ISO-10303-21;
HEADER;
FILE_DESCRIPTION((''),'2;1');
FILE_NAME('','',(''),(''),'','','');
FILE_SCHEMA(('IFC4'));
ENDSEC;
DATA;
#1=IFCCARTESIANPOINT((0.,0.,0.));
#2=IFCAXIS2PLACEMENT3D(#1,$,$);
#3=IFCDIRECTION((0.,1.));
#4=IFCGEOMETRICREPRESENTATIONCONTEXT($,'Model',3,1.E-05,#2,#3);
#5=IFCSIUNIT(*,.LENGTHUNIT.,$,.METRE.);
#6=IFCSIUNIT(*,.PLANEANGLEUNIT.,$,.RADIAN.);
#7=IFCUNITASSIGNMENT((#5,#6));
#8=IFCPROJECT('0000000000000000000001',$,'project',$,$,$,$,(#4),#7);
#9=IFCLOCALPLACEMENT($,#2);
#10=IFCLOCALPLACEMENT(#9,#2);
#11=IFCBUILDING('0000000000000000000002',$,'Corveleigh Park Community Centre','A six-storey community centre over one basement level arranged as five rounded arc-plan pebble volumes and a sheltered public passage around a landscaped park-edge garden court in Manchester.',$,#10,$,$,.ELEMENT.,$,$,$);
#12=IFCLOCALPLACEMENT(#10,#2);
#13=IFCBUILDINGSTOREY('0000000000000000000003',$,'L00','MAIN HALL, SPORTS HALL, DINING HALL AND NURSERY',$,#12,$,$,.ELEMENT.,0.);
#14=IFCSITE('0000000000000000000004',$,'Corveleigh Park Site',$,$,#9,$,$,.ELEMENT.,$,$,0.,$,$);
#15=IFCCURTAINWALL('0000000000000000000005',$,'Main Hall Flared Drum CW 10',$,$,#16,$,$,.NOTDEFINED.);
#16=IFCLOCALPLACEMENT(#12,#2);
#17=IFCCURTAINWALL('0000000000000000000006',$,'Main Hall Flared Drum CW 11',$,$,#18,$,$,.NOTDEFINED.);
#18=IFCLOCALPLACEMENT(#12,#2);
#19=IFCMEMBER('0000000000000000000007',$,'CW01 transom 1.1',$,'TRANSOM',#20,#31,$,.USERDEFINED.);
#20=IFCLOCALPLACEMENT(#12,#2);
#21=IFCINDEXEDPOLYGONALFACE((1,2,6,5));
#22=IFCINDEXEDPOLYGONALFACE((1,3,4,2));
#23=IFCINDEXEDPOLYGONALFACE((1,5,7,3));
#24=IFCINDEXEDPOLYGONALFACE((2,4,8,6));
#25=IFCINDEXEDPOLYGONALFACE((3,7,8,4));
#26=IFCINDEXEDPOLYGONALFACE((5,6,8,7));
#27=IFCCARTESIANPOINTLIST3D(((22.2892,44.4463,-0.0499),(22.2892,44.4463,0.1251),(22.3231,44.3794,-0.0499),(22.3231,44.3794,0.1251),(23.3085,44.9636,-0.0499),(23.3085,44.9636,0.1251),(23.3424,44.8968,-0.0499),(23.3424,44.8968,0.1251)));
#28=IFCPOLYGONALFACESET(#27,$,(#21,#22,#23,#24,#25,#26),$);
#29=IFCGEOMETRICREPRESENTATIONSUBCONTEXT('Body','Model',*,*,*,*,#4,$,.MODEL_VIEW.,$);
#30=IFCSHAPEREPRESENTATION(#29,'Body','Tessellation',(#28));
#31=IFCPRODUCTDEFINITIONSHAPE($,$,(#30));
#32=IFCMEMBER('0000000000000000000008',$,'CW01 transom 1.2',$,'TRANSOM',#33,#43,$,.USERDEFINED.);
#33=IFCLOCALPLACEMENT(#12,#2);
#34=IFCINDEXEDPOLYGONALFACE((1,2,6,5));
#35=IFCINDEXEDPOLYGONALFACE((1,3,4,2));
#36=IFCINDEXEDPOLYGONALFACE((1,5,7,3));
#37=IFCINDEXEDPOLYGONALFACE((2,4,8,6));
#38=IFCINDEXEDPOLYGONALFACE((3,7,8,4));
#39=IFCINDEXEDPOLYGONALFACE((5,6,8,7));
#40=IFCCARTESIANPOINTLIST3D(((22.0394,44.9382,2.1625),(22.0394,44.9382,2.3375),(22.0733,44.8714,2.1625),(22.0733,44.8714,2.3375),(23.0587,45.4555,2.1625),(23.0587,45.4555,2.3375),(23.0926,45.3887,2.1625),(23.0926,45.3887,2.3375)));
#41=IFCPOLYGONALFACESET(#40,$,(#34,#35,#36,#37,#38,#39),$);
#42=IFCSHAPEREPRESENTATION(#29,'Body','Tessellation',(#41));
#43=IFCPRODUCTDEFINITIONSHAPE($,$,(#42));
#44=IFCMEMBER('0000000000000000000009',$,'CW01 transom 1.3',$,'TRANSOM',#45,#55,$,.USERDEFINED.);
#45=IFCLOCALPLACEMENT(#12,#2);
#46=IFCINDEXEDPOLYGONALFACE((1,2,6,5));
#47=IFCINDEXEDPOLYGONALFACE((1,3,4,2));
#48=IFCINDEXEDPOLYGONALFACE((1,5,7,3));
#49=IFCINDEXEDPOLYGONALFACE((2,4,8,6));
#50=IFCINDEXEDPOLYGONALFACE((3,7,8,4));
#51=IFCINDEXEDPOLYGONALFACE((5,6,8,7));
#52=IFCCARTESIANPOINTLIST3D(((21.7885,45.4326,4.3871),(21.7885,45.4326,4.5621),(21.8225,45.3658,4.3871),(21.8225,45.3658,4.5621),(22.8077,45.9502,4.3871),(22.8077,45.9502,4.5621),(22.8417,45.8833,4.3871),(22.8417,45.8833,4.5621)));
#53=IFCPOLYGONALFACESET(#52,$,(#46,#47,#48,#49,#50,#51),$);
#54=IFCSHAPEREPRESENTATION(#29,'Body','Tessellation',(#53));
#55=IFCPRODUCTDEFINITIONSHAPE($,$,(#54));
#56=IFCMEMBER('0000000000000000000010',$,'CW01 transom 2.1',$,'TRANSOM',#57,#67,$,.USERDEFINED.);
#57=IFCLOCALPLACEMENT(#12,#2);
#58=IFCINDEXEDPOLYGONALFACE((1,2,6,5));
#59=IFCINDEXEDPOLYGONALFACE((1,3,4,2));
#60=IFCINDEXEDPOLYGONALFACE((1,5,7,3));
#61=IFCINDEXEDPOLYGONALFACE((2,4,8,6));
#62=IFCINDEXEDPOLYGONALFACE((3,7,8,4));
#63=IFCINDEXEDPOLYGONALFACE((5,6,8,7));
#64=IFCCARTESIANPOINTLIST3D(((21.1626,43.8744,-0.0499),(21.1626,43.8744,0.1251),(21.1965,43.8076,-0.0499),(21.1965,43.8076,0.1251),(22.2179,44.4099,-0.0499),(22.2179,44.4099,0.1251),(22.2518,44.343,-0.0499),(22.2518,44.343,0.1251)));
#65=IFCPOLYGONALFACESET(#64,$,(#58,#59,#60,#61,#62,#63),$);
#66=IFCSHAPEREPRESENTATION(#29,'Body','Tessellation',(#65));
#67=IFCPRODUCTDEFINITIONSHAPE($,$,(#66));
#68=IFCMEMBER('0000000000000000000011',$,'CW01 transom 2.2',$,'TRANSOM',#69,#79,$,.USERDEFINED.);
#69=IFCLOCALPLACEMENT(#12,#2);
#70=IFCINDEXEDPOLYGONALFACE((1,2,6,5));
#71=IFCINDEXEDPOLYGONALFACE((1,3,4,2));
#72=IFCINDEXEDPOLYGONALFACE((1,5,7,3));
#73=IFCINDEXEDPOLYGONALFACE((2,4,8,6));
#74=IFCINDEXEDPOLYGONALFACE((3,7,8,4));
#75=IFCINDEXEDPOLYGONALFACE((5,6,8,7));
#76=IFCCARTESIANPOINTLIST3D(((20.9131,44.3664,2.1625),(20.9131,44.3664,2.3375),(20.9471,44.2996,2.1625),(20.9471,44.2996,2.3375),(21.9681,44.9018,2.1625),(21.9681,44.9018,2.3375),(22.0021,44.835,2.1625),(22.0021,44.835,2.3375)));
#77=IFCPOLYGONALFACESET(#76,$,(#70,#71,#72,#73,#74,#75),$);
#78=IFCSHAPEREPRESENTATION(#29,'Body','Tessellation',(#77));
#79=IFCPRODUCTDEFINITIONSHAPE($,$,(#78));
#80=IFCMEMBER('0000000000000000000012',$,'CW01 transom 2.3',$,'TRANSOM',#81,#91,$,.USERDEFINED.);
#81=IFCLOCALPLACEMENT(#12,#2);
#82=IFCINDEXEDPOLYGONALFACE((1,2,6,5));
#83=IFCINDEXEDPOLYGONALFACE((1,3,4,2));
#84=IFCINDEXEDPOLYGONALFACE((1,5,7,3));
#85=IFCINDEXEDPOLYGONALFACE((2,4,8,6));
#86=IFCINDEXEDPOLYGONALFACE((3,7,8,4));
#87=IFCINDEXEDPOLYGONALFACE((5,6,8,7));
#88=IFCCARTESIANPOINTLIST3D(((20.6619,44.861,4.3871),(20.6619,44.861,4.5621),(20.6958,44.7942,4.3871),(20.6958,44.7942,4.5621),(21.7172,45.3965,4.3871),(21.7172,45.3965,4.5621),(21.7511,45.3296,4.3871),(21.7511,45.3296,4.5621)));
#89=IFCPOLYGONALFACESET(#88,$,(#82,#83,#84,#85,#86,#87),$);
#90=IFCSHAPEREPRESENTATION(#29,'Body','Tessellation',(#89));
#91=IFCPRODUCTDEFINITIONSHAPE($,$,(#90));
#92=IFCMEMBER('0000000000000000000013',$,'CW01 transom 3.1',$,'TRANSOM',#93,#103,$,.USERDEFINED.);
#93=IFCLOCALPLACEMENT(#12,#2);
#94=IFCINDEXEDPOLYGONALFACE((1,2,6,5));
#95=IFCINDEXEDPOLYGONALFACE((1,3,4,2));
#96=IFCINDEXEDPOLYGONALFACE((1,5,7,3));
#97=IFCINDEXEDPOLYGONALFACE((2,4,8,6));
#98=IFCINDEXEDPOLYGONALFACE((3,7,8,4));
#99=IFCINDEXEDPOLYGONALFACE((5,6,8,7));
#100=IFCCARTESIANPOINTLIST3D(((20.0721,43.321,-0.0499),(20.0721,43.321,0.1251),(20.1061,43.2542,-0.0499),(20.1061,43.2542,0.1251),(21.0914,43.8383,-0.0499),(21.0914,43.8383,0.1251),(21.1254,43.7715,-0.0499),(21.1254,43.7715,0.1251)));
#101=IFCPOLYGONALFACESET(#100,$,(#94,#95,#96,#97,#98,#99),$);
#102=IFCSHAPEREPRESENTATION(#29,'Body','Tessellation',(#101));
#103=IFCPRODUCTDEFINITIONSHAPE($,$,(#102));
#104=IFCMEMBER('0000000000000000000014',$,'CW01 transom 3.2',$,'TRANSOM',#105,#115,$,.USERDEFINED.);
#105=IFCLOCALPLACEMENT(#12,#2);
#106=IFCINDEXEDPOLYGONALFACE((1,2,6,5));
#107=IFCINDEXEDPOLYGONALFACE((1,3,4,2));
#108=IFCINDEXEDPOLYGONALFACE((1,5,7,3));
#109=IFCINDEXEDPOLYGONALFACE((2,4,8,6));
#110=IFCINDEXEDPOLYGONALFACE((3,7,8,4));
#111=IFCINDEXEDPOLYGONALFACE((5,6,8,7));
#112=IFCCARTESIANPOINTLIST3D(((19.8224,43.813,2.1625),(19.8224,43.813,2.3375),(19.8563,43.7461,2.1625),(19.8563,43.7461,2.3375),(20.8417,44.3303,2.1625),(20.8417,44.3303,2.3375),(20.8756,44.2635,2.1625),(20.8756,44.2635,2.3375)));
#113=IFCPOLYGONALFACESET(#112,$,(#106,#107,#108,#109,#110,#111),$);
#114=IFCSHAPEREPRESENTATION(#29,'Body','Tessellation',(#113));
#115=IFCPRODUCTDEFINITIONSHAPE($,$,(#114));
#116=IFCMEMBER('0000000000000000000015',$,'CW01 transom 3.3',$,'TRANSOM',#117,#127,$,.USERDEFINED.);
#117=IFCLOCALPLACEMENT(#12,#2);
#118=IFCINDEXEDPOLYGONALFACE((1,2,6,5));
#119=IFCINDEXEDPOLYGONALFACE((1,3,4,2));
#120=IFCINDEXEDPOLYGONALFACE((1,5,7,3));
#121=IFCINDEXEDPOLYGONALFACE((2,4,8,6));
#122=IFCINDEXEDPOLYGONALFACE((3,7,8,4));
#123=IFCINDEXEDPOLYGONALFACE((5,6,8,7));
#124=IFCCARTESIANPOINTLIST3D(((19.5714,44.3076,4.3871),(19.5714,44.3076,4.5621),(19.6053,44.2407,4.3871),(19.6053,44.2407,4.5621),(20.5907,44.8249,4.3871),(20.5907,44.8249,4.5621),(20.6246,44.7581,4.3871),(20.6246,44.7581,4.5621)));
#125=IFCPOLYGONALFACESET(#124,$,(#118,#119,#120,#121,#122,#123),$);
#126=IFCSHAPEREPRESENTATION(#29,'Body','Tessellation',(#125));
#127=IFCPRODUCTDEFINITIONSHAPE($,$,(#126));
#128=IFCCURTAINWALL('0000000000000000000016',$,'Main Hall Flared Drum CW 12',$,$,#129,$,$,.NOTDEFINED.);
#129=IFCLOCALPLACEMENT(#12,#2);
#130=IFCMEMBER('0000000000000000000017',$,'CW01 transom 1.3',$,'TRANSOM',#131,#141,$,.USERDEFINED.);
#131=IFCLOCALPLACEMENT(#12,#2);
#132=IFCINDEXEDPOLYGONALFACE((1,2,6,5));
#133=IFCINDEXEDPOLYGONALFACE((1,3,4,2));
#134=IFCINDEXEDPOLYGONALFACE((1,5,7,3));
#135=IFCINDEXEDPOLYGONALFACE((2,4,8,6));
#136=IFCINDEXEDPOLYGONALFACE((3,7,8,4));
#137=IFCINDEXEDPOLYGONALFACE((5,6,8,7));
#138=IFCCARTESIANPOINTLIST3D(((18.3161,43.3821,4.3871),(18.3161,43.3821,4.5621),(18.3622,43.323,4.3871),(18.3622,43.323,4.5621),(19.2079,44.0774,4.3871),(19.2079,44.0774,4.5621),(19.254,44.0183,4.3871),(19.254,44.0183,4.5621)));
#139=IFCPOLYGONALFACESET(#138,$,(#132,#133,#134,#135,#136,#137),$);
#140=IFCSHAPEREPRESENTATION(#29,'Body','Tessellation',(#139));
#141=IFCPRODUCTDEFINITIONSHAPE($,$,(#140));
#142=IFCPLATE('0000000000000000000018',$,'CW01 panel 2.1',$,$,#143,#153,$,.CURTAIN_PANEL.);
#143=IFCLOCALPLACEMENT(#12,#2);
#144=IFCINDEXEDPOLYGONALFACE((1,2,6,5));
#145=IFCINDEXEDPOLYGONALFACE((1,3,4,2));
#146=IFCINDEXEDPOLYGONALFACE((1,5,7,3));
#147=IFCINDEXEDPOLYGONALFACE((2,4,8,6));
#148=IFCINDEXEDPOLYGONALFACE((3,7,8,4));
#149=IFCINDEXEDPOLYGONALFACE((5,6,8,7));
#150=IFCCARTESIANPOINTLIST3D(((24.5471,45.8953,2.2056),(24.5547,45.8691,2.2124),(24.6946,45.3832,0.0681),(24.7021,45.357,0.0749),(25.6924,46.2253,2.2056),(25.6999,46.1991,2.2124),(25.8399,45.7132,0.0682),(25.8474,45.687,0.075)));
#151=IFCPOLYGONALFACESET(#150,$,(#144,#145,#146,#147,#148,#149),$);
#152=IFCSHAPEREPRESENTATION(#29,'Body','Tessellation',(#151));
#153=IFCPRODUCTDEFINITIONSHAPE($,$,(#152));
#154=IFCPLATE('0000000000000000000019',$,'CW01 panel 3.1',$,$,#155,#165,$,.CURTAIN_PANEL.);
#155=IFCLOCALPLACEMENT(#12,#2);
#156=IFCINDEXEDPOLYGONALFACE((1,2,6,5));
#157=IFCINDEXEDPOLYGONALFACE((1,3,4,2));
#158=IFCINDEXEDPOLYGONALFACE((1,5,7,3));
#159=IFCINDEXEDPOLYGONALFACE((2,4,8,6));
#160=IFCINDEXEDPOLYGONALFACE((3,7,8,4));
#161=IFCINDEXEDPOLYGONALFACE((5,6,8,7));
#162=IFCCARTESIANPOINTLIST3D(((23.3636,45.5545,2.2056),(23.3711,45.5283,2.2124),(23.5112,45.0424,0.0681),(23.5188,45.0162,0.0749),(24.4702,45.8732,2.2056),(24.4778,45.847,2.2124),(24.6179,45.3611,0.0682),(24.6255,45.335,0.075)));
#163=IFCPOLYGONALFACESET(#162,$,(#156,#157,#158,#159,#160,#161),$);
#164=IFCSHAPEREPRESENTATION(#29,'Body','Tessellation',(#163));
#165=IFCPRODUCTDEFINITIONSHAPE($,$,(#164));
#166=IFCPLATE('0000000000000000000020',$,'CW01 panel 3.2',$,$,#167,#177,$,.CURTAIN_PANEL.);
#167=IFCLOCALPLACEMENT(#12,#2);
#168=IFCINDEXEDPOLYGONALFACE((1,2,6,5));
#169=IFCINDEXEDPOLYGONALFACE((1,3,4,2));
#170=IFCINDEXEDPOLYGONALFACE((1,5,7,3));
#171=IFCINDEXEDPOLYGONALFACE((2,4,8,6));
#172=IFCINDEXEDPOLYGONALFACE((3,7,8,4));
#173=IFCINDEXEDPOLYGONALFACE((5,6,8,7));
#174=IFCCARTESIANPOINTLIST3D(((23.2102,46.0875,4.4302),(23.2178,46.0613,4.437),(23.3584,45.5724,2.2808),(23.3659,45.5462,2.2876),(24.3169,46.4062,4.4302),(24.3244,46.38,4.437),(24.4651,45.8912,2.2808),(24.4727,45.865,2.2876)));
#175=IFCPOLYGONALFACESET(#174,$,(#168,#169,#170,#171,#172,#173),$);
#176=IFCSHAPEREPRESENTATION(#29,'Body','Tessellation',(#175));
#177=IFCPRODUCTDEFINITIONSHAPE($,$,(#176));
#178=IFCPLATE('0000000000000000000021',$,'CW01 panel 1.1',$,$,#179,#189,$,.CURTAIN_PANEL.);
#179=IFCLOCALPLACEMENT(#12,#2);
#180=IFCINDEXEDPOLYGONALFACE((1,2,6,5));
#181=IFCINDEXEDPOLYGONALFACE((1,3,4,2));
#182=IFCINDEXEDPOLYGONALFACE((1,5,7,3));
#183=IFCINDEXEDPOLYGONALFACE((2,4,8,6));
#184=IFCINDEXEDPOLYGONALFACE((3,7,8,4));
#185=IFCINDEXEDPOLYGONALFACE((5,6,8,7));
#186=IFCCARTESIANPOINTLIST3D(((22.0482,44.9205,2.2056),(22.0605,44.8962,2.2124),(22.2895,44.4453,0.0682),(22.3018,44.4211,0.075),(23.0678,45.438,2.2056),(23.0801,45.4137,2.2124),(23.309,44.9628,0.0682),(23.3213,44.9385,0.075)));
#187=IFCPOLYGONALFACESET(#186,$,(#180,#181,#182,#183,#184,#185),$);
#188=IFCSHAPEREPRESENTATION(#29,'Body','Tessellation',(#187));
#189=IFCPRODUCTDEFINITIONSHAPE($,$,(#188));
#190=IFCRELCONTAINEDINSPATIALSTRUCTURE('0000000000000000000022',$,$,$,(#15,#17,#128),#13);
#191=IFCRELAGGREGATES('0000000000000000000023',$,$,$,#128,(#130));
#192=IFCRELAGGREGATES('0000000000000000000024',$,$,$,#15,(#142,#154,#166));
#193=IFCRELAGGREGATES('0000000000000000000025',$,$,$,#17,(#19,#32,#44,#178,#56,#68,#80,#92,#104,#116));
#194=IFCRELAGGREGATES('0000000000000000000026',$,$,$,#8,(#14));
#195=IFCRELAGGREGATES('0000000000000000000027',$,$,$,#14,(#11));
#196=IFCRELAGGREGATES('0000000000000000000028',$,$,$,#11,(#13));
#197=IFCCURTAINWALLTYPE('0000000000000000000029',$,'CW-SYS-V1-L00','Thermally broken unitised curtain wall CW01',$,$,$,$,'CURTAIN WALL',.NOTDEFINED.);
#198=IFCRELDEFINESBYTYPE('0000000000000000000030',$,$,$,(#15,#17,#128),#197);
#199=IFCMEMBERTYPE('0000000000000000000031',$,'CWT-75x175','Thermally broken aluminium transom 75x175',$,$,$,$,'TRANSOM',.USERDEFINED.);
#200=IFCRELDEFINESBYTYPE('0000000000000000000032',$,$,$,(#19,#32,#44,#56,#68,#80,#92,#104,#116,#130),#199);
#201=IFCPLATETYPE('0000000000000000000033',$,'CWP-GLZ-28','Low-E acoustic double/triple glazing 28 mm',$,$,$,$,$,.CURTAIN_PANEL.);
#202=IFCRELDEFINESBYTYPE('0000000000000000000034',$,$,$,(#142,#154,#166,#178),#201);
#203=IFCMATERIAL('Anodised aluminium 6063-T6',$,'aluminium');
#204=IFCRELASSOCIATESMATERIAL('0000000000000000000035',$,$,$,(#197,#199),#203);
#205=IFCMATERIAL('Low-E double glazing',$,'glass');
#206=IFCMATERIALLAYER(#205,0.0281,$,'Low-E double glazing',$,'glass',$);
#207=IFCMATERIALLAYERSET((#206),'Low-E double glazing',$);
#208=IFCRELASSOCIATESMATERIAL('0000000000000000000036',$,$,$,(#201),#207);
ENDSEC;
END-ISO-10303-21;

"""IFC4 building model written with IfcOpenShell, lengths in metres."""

from ifc_helpers import new_model, si_unit, direction, frame, origin, origin_2d, place, context, subcontext, project, spatial, polyline, rectangle, outline, extrude, material, layer, layer_set, material_profile, profile_set, type_object, element, aggregate, save


model = new_model("IFC4")

# Units and contexts
model_context = context("Model", 3, precision=1e-05, world=origin(), true_north=direction((0.0, 1.0)))
body_context = subcontext(model_context, "Body", "Model", "MODEL_VIEW")
ifc_project = project(units=[si_unit("LENGTHUNIT", "METRE"), si_unit("PLANEANGLEUNIT", "RADIAN")], contexts=[model_context])

# Site, building, storey
site_placement = place(None, origin())
site = spatial("IfcSite", under=ifc_project, at=site_placement, Name="Corveleigh Park Site", CompositionType="ELEMENT", RefElevation=0.0)
building_placement = place(site_placement, origin())
building = spatial("IfcBuilding", under=site, at=building_placement, Name="Corveleigh Park Community Centre", Description="A six-storey community centre over one basement level arranged as five rounded arc-plan pebble volumes and a sheltered public passage around a landscaped park-edge garden court in Manchester.", CompositionType="ELEMENT")
storey_placement = place(building_placement, origin())
storey = spatial("IfcBuildingStorey", under=building, at=storey_placement, Name="L00", Description="MAIN HALL, SPORTS HALL, DINING HALL AND NURSERY", CompositionType="ELEMENT", Elevation=0.0)

# Curtain walls
ifc_material_1 = material(Name="Anodised aluminium 6063-T6", Category="aluminium")
curtain_wall_type = type_object("IfcCurtainWallType", Name="CW-SYS-V1-L00", Description="Thermally broken unitised curtain wall CW01", ElementType="CURTAIN WALL", PredefinedType="NOTDEFINED", material=ifc_material_1)
curtain_wall_1_placement = place(storey_placement, origin())
curtain_wall_1 = element("IfcCurtainWall", 1, at=curtain_wall_1_placement, inside=storey, type_object=curtain_wall_type, Name="Main Hall Flared Drum CW 10", PredefinedType="NOTDEFINED")
curtain_wall_2_placement = place(storey_placement, origin())
curtain_wall_2 = element("IfcCurtainWall", 2, at=curtain_wall_2_placement, inside=storey, type_object=curtain_wall_type, Name="Main Hall Flared Drum CW 11", PredefinedType="NOTDEFINED")

# Members
ifc_material_profile_1 = material_profile(ifc_material_1, rectangle(XDim=0.075, YDim=0.175, at=origin_2d()), Name="ALU-T75x175", Category="aluminium")
ifc_profile_set_1 = profile_set([ifc_material_profile_1], Name="Anodised aluminium 6063-T6")
member_type_1 = type_object("IfcMemberType", Name="CWT-75x175", Description="Thermally broken aluminium transom 75x175", ElementType="TRANSOM", PredefinedType="USERDEFINED", material=ifc_profile_set_1)
member_1_placement = place(storey_placement, frame((23.3254, 44.9302, 0.0376), z_axis=(-0.89172, -0.452588, 0.0), x_axis=(0.452588, -0.89172, 0.0)))
member_1 = element("IfcMember", 3, at=member_1_placement, type_object=member_type_1, Name="CW01 transom 1.1", ObjectType="TRANSOM", PredefinedType="USERDEFINED", context=body_context, shape_type="SweptSolid", body=[
    extrude(rectangle(XDim=0.075, YDim=0.175, at=origin_2d()), origin(), (0.0, 0.0, 1.0), 1.1431),
])
member_2_placement = place(storey_placement, frame((23.0757, 45.4221, 2.25), z_axis=(-0.89172, -0.452588, 0.0), x_axis=(0.452588, -0.89172, 0.0)))
member_2 = element("IfcMember", 4, at=member_2_placement, type_object=member_type_1, Name="CW01 transom 1.2", ObjectType="TRANSOM", PredefinedType="USERDEFINED", context=body_context, shape_type="SweptSolid", body=[
    extrude(rectangle(XDim=0.075, YDim=0.175, at=origin_2d()), origin(), (0.0, 0.0, 1.0), 1.1431),
])
member_3_placement = place(storey_placement, frame((22.8247, 45.9167, 4.4746), z_axis=(-0.891634, -0.452758, 0.0), x_axis=(0.452758, -0.891634, 0.0)))
member_3 = element("IfcMember", 5, at=member_3_placement, type_object=member_type_1, Name="CW01 transom 1.3", ObjectType="TRANSOM", PredefinedType="USERDEFINED", context=body_context, shape_type="SweptSolid", body=[
    extrude(rectangle(XDim=0.075, YDim=0.175, at=origin_2d()), origin(), (0.0, 0.0, 1.0), 1.1431),
])
member_4_placement = place(storey_placement, frame((22.2349, 44.3765, 0.0376), z_axis=(-0.891771, -0.452488, 0.0), x_axis=(0.452488, -0.891771, 0.0)))
member_4 = element("IfcMember", 6, at=member_4_placement, type_object=member_type_1, Name="CW01 transom 2.1", ObjectType="TRANSOM", PredefinedType="USERDEFINED", context=body_context, shape_type="SweptSolid", body=[
    extrude(rectangle(XDim=0.075, YDim=0.175, at=origin_2d()), origin(), (0.0, 0.0, 1.0), 1.1833),
])
member_5_placement = place(storey_placement, frame((21.9851, 44.8684, 2.25), z_axis=(-0.891728, -0.452571, 0.0), x_axis=(0.452571, -0.891728, 0.0)))
member_5 = element("IfcMember", 7, at=member_5_placement, type_object=member_type_1, Name="CW01 transom 2.2", ObjectType="TRANSOM", PredefinedType="USERDEFINED", context=body_context, shape_type="SweptSolid", body=[
    extrude(rectangle(XDim=0.075, YDim=0.175, at=origin_2d()), origin(), (0.0, 0.0, 1.0), 1.1831),
])
member_6_placement = place(storey_placement, frame((21.7341, 45.363, 4.4746), z_axis=(-0.891771, -0.452488, 0.0), x_axis=(0.452488, -0.891771, 0.0)))
member_6 = element("IfcMember", 8, at=member_6_placement, type_object=member_type_1, Name="CW01 transom 2.3", ObjectType="TRANSOM", PredefinedType="USERDEFINED", context=body_context, shape_type="SweptSolid", body=[
    extrude(rectangle(XDim=0.075, YDim=0.175, at=origin_2d()), origin(), (0.0, 0.0, 1.0), 1.1833),
])
member_7_placement = place(storey_placement, frame((21.1084, 43.8049, 0.0376), z_axis=(-0.89172, -0.452588, 0.0), x_axis=(0.452588, -0.89172, 0.0)))
member_7 = element("IfcMember", 9, at=member_7_placement, type_object=member_type_1, Name="CW01 transom 3.1", ObjectType="TRANSOM", PredefinedType="USERDEFINED", context=body_context, shape_type="SweptSolid", body=[
    extrude(rectangle(XDim=0.075, YDim=0.175, at=origin_2d()), origin(), (0.0, 0.0, 1.0), 1.1431),
])
member_8_placement = place(storey_placement, frame((20.8586, 44.2969, 2.25), z_axis=(-0.89172, -0.452588, 0.0), x_axis=(0.452588, -0.89172, 0.0)))
member_8 = element("IfcMember", 10, at=member_8_placement, type_object=member_type_1, Name="CW01 transom 3.2", ObjectType="TRANSOM", PredefinedType="USERDEFINED", context=body_context, shape_type="SweptSolid", body=[
    extrude(rectangle(XDim=0.075, YDim=0.175, at=origin_2d()), origin(), (0.0, 0.0, 1.0), 1.1431),
])
member_9_placement = place(storey_placement, frame((20.6077, 44.7915, 4.4746), z_axis=(-0.89172, -0.452588, 0.0), x_axis=(0.452588, -0.89172, 0.0)))
member_9 = element("IfcMember", 11, at=member_9_placement, type_object=member_type_1, Name="CW01 transom 3.3", ObjectType="TRANSOM", PredefinedType="USERDEFINED", context=body_context, shape_type="SweptSolid", body=[
    extrude(rectangle(XDim=0.075, YDim=0.175, at=origin_2d()), origin(), (0.0, 0.0, 1.0), 1.1431),
])

# Curtain wall, member
curtain_wall_3_placement = place(storey_placement, origin())
curtain_wall_3 = element("IfcCurtainWall", 12, at=curtain_wall_3_placement, inside=storey, type_object=curtain_wall_type, Name="Main Hall Flared Drum CW 12", PredefinedType="NOTDEFINED")
member_10_placement = place(storey_placement, frame((19.231, 44.0479, 4.4746), z_axis=(-0.788643, -0.614852, 0.0), x_axis=(0.614852, -0.788643, 0.0)))
member_10 = element("IfcMember", 13, at=member_10_placement, type_object=member_type_1, Name="CW01 transom 1.3", ObjectType="TRANSOM", PredefinedType="USERDEFINED", context=body_context, shape_type="SweptSolid", body=[
    extrude(rectangle(XDim=0.075, YDim=0.175, at=origin_2d()), origin(), (0.0, 0.0, 1.0), 1.1309),
])
aggregate(curtain_wall_3, [member_10])

# Plates
ifc_material_2 = material(Name="Low-E double glazing", Category="glass")
ifc_layer = layer(ifc_material_2, 0.0281, Name="Low-E double glazing", Category="glass")
ifc_layer_set = layer_set([ifc_layer], Name="Low-E double glazing")
plate_type = type_object("IfcPlateType", Name="CWP-GLZ-28", Description="Low-E acoustic double/triple glazing 28 mm", PredefinedType="CURTAIN_PANEL", material=ifc_layer_set)
plate_1_placement = place(storey_placement, frame((25.8474, 45.687, 0.075), z_axis=(0.268622, -0.932375, 0.241908), x_axis=(-0.960913, -0.27685, -0.000023)))
plate_1 = element("IfcPlate", 14, at=plate_1_placement, type_object=plate_type, Name="CW01 panel 2.1", PredefinedType="CURTAIN_PANEL", context=body_context, shape_type="SweptSolid", body=[
    extrude(outline(polyline([(0.0, 0.0), (1.1919, 0.0), (1.1917, -2.2029), (-0.0001, -2.2029), (0.0, 0.0)])), origin(), (0.0, 0.0, -1.0), 0.0281),
])
plate_2_placement = place(storey_placement, frame((24.6255, 45.335, 0.075), z_axis=(0.268529, -0.932394, 0.241937), x_axis=(-0.96094, -0.276756, -0.000024)))
plate_2 = element("IfcPlate", 15, at=plate_2_placement, type_object=plate_type, Name="CW01 panel 3.1", PredefinedType="CURTAIN_PANEL", context=body_context, shape_type="SweptSolid", body=[
    extrude(outline(polyline([(0.0, 0.0), (1.1517, 0.0), (1.1518, -2.2029), (0.0002, -2.2029), (0.0, 0.0)])), origin(), (0.0, 0.0, -1.0), 0.0281),
])
plate_3_placement = place(storey_placement, frame((24.4727, 45.865, 2.2876), z_axis=(0.26853, -0.932397, 0.241923), x_axis=(-0.96094, -0.276756, -0.000024)))
plate_3 = element("IfcPlate", 16, at=plate_3_placement, type_object=plate_type, Name="CW01 panel 3.2", PredefinedType="CURTAIN_PANEL", context=body_context, shape_type="SweptSolid", body=[
    extrude(outline(polyline([(0.0, 0.0), (1.1517, 0.0), (1.1515, -2.2152), (-0.0001, -2.2152), (0.0, 0.0)])), origin(), (0.0, 0.0, -1.0), 0.0281),
])
aggregate(curtain_wall_1, [plate_1, plate_2, plate_3])
plate_4_placement = place(storey_placement, frame((23.3213, 44.9385, 0.075), z_axis=(0.439143, -0.865232, 0.241924), x_axis=(-0.891723, -0.452582, 0.000022)))
plate_4 = element("IfcPlate", 17, at=plate_4_placement, type_object=plate_type, Name="CW01 panel 1.1", PredefinedType="CURTAIN_PANEL", context=body_context, shape_type="SweptSolid", body=[
    extrude(outline(polyline([(0.0, 0.0), (1.1433, 0.0), (1.1434, -2.2029), (0.0, -2.2029), (0.0, 0.0)])), origin(), (0.0, 0.0, -1.0), 0.0281),
])
aggregate(curtain_wall_2, [member_1, member_2, member_3, plate_4, member_4, member_5, member_6, member_7, member_8, member_9])

save(model, "model.ifc")
